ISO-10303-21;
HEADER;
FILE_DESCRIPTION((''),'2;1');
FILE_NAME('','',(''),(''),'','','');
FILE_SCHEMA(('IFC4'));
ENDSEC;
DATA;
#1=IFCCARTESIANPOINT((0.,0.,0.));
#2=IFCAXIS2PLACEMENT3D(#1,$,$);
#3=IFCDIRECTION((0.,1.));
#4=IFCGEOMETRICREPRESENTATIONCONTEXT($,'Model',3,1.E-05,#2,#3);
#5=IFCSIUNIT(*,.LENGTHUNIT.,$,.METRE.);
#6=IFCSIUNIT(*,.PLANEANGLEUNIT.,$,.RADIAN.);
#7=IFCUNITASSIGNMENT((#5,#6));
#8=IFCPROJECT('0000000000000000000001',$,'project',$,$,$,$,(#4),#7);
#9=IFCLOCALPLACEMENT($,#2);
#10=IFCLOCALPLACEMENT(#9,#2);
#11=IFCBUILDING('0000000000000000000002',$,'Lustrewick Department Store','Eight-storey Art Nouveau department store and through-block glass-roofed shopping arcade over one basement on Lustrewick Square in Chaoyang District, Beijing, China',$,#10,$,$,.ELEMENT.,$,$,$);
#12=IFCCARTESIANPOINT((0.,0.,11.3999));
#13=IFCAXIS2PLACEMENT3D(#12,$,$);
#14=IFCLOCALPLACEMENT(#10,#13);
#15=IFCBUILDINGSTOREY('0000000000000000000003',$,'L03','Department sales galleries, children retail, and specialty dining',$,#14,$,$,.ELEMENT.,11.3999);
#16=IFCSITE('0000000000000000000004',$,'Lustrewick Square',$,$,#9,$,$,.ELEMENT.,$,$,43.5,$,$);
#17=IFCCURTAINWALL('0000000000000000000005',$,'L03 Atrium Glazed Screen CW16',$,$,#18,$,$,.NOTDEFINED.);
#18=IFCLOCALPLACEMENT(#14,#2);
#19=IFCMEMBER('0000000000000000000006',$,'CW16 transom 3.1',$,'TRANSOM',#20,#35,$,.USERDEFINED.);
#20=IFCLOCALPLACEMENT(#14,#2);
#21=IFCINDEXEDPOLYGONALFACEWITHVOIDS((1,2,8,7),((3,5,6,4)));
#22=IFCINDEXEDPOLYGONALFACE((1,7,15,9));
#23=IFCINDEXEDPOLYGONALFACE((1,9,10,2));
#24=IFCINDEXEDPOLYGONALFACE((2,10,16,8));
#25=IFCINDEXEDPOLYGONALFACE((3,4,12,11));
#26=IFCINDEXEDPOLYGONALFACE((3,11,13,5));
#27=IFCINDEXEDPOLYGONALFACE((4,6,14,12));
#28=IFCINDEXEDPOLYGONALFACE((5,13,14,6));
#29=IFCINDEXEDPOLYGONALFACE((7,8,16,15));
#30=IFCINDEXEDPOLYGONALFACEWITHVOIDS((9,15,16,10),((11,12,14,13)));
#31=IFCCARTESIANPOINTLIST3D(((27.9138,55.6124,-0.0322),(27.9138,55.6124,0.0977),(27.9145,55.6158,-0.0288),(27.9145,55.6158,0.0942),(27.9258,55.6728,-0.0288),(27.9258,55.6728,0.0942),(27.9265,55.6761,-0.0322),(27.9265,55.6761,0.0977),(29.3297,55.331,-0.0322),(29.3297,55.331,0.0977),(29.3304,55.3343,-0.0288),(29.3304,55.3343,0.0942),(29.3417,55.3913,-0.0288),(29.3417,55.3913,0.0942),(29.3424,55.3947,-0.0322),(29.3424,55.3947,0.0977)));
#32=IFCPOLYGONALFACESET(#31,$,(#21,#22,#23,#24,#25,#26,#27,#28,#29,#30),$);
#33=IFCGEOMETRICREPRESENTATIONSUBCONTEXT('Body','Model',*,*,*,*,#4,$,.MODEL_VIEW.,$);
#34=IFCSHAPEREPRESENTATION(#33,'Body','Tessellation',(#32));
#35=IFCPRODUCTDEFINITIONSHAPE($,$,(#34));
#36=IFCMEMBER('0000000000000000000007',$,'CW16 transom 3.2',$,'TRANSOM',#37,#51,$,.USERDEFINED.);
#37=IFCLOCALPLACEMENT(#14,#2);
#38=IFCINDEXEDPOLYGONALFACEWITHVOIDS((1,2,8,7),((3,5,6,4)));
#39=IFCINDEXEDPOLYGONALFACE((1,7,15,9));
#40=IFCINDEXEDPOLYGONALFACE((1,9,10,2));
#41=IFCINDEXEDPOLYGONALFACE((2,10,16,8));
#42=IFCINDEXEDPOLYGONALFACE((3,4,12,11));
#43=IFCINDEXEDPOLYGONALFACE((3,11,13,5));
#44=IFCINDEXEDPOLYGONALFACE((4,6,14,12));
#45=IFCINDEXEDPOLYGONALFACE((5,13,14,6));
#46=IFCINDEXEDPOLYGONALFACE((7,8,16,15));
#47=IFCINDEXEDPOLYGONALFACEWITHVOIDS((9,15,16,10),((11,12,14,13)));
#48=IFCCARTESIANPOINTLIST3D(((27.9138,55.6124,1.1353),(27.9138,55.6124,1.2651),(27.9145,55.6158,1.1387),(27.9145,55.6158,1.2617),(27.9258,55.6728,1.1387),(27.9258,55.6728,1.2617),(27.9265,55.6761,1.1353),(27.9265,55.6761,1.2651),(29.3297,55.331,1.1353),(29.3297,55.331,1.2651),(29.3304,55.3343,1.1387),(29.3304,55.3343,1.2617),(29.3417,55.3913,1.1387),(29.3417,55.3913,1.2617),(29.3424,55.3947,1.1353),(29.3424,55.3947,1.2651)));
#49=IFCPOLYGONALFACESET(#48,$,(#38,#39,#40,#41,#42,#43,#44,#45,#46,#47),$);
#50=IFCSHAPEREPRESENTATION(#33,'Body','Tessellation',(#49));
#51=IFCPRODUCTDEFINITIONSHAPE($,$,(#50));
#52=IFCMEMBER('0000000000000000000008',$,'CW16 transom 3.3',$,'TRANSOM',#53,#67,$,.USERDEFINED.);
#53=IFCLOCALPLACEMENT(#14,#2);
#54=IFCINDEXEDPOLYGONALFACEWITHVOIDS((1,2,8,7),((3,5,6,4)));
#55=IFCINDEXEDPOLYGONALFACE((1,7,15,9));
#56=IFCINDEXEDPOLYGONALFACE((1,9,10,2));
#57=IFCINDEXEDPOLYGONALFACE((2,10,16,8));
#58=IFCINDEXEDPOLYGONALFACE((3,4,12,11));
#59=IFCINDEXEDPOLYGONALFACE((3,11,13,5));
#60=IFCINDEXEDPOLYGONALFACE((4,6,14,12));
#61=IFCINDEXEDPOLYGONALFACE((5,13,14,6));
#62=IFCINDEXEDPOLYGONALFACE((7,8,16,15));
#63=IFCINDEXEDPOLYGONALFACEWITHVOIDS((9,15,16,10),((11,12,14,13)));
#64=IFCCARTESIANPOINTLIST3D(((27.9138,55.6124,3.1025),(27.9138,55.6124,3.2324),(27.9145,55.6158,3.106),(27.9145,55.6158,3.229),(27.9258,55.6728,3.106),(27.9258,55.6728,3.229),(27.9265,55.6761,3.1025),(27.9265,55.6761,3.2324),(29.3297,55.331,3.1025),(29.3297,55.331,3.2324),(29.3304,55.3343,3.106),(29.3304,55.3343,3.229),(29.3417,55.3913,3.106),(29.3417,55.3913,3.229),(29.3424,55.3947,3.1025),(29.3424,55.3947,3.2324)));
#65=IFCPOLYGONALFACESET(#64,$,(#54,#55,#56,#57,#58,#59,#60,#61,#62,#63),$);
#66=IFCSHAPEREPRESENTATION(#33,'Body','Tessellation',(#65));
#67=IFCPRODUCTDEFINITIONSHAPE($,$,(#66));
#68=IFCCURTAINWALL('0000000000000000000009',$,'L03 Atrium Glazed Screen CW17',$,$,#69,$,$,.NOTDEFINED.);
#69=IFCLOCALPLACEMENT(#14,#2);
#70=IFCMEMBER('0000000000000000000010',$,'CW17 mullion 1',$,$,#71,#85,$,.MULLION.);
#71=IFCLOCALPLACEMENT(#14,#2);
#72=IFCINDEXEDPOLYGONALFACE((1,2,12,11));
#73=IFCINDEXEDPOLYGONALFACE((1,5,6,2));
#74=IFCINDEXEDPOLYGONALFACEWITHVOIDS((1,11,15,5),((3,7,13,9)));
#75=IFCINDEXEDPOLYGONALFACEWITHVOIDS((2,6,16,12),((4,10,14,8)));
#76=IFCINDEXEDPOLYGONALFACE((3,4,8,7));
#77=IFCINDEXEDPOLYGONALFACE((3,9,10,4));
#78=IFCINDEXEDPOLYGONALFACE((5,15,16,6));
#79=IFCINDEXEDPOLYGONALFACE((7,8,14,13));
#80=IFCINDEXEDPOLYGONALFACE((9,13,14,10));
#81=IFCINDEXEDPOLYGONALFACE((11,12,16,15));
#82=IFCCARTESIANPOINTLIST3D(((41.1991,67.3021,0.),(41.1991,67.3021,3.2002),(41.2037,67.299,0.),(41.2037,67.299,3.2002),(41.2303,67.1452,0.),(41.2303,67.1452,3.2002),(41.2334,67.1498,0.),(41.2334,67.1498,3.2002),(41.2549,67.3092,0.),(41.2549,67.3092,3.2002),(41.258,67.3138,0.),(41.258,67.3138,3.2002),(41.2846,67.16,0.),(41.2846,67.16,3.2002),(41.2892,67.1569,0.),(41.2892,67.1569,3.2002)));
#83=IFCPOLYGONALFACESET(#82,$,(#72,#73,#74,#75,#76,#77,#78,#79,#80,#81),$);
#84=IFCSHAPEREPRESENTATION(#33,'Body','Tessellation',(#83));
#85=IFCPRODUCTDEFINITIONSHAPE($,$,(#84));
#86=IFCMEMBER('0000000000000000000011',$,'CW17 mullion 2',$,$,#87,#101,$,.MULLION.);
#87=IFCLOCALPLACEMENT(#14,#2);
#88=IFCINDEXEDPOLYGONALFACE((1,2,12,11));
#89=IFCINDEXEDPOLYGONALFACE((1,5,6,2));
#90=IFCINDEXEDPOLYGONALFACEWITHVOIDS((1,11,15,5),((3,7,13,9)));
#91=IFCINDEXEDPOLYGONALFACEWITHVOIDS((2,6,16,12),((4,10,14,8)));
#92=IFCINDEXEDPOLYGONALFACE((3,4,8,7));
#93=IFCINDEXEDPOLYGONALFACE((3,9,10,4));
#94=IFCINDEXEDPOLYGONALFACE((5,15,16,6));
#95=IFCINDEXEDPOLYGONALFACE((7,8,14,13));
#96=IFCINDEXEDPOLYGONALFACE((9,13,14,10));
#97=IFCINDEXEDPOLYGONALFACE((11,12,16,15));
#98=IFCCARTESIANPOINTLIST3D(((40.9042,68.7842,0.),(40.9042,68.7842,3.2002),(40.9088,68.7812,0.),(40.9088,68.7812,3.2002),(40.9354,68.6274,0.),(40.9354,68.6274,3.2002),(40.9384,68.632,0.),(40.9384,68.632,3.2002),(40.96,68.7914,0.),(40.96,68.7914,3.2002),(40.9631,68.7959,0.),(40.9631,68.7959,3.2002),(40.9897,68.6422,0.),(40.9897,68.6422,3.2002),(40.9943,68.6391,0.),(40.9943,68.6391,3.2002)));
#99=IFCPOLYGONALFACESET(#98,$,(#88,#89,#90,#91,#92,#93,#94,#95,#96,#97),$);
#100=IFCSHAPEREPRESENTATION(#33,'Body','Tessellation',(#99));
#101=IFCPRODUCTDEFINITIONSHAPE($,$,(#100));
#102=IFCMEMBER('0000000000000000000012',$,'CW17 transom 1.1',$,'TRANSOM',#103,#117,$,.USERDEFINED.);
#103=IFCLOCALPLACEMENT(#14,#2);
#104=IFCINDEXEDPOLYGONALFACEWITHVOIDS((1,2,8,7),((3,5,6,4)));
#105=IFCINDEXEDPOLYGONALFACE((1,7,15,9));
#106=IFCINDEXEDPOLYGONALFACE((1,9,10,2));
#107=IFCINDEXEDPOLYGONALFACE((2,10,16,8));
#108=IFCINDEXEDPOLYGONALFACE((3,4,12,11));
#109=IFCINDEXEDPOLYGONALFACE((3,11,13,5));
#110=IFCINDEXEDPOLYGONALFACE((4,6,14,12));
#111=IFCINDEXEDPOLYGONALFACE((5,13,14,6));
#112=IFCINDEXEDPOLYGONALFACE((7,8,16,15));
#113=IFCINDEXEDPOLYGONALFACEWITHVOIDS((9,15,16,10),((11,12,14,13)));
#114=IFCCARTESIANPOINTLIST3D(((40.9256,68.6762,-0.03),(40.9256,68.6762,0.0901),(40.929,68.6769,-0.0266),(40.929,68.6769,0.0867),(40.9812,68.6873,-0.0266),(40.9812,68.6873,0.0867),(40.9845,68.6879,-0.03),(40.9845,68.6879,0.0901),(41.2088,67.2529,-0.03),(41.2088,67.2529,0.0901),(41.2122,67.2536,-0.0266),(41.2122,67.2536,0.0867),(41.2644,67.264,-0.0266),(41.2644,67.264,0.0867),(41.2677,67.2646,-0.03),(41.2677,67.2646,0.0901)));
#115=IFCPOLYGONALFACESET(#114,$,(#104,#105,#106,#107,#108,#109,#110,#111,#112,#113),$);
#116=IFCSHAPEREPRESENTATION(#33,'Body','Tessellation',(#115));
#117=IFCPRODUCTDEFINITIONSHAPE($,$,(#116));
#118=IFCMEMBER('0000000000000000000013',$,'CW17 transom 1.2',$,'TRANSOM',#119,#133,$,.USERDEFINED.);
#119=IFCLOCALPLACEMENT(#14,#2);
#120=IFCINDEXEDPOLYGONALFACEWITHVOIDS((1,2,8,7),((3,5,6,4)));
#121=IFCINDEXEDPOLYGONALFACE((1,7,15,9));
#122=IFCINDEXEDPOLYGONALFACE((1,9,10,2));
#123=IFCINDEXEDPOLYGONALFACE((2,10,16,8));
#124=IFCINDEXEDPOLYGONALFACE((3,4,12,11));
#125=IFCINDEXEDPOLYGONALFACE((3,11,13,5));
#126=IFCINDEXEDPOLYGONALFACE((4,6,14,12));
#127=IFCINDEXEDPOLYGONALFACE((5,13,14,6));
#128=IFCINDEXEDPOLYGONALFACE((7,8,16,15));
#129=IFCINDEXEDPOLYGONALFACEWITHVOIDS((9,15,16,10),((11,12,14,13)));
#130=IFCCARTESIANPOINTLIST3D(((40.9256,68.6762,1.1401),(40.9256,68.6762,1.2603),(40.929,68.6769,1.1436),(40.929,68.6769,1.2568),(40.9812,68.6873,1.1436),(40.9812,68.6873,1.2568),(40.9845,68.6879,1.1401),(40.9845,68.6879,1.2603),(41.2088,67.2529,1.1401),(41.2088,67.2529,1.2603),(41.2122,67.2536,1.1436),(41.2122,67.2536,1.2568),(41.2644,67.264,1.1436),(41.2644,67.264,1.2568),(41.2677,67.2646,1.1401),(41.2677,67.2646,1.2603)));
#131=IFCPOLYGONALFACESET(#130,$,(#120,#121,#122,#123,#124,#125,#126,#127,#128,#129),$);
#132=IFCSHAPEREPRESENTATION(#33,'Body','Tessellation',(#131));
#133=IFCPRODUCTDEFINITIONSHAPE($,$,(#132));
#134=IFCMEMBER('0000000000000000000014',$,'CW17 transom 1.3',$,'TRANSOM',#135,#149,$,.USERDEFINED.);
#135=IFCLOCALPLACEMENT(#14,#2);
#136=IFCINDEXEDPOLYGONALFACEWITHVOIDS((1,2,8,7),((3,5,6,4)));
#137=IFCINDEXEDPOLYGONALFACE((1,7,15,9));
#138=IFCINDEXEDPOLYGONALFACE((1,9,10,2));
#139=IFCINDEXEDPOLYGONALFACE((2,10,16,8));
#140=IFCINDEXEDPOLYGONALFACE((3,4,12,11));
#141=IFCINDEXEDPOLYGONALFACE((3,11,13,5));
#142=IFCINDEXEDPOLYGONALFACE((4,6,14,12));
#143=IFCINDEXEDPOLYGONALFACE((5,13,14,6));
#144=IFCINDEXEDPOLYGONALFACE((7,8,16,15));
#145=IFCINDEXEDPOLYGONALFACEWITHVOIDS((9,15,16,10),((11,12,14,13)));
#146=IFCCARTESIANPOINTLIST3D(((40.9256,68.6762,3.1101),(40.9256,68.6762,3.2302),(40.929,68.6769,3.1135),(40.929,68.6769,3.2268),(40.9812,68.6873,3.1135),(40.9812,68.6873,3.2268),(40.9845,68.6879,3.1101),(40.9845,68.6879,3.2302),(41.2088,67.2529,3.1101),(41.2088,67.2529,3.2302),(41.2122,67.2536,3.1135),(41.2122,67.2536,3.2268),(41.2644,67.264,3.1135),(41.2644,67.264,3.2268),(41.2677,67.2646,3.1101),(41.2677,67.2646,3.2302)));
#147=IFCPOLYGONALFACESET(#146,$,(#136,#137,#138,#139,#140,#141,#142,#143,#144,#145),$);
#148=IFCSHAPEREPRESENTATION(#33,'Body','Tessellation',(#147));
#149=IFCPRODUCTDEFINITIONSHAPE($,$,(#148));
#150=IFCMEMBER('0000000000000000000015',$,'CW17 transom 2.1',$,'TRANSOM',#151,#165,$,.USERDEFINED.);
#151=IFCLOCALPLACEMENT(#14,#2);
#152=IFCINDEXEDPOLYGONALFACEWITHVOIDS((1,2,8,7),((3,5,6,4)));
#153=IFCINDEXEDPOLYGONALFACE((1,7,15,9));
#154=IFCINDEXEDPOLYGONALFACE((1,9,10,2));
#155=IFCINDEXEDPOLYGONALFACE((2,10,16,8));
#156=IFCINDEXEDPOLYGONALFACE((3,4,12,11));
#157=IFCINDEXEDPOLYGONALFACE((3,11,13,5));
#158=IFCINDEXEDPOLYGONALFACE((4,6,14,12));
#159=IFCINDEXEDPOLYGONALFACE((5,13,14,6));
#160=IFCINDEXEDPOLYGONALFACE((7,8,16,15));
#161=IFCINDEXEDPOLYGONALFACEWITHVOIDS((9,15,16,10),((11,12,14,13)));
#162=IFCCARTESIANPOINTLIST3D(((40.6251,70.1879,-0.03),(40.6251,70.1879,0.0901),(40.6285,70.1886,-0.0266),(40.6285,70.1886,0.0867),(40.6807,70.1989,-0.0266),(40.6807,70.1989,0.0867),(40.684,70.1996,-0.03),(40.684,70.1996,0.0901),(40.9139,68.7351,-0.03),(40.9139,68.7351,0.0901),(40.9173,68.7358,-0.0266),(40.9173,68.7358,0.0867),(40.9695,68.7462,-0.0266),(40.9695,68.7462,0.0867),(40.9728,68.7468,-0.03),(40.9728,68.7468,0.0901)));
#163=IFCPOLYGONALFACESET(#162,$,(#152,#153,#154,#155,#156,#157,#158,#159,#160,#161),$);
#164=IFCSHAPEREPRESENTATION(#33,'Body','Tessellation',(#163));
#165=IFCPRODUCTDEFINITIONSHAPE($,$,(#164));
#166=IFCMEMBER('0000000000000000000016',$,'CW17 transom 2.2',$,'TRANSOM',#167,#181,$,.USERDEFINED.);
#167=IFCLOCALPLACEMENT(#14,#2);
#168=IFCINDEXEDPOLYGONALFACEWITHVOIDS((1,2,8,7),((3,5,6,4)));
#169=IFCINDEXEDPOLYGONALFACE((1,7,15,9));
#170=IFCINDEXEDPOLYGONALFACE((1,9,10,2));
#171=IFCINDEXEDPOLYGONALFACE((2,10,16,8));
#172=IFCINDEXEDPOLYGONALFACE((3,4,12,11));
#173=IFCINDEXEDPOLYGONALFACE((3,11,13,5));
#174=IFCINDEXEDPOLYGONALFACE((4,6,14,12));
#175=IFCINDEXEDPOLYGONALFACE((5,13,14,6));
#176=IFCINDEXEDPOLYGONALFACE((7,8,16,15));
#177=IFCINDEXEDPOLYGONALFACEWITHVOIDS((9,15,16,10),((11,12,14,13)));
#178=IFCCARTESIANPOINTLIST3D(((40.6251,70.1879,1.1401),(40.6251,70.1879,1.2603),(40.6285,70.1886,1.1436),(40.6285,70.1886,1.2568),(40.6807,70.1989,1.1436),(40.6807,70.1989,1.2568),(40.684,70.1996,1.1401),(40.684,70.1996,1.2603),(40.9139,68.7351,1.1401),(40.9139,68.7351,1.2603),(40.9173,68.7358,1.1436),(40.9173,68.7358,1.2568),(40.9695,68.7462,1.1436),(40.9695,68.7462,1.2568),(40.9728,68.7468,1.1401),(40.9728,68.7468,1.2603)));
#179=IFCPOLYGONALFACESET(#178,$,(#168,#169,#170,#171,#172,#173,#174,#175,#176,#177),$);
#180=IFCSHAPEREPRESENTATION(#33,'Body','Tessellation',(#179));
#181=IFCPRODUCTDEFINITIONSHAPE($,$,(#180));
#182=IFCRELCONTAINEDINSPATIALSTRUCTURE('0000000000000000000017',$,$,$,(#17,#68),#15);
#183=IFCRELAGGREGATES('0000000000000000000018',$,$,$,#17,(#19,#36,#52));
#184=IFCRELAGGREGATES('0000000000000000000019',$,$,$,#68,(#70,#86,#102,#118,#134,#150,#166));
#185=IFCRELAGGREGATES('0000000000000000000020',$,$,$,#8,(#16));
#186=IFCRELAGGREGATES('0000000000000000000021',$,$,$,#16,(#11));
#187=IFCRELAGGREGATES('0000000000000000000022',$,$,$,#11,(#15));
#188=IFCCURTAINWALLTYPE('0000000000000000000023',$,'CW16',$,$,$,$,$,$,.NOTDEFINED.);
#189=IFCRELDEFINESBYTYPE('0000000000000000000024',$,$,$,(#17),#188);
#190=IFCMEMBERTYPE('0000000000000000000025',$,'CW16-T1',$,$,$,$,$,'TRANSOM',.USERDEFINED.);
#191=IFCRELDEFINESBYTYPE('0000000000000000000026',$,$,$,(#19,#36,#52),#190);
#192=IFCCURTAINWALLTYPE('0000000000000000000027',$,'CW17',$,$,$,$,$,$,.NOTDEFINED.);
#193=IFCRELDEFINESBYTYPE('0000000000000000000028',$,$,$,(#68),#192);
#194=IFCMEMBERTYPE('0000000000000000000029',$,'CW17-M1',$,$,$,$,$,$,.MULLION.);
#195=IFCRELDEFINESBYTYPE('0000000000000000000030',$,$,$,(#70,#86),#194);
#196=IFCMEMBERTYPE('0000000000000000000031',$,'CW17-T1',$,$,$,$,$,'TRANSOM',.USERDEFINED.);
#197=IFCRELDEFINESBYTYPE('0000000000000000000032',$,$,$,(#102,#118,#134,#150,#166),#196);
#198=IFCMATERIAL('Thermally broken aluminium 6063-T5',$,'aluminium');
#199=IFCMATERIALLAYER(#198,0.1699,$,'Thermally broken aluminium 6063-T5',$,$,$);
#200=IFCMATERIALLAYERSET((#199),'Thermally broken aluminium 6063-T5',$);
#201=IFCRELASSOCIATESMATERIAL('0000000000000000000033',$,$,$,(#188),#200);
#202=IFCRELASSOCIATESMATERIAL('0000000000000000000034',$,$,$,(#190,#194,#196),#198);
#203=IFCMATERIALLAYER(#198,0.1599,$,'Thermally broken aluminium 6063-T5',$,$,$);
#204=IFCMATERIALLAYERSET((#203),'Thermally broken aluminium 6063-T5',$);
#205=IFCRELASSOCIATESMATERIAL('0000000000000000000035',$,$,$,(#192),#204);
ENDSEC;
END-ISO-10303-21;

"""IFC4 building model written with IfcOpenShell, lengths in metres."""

from ifc_helpers import new_model, si_unit, direction, frame, origin, origin_2d, place, context, subcontext, project, spatial, hollow_rectangle, extrude, material, layer, layer_set, material_profile, profile_set, type_object, element, aggregate, save


model = new_model("IFC4")

# Units and contexts
model_context = context("Model", 3, precision=1e-05, world=origin(), true_north=direction((0.0, 1.0)))
body_context = subcontext(model_context, "Body", "Model", "MODEL_VIEW")
ifc_project = project(units=[si_unit("LENGTHUNIT", "METRE"), si_unit("PLANEANGLEUNIT", "RADIAN")], contexts=[model_context])

# Site, building, storey
site_placement = place(None, origin())
site = spatial("IfcSite", under=ifc_project, at=site_placement, Name="Lustrewick Square", CompositionType="ELEMENT", RefElevation=43.5)
building_placement = place(site_placement, origin())
building = spatial("IfcBuilding", under=site, at=building_placement, Name="Lustrewick Department Store", Description="Eight-storey Art Nouveau department store and through-block glass-roofed shopping arcade over one basement on Lustrewick Square in Chaoyang District, Beijing, China", CompositionType="ELEMENT")
storey_placement = place(building_placement, frame((0.0, 0.0, 11.3999)))
storey = spatial("IfcBuildingStorey", under=building, at=storey_placement, Name="L03", Description="Department sales galleries, children retail, and specialty dining", CompositionType="ELEMENT", Elevation=11.3999)

# Curtain walls, members
ifc_material_1 = material(Name="Thermally broken aluminium 6063-T5", Category="aluminium")
ifc_layer_1 = layer(ifc_material_1, 0.1699, Name="Thermally broken aluminium 6063-T5")
ifc_layer_set_1 = layer_set([ifc_layer_1], Name="Thermally broken aluminium 6063-T5")
curtain_wall_type_1 = type_object("IfcCurtainWallType", Name="CW16", PredefinedType="NOTDEFINED", material=ifc_layer_set_1)
curtain_wall_1_placement = place(storey_placement, origin())
curtain_wall_1 = element("IfcCurtainWall", 1, at=curtain_wall_1_placement, inside=storey, type_object=curtain_wall_type_1, Name="L03 Atrium Glazed Screen CW16", PredefinedType="NOTDEFINED")
ifc_material_profile_1 = material_profile(ifc_material_1, hollow_rectangle(XDim=0.0649, YDim=0.1299, WallThickness=0.0034, at=origin_2d()), Name="ALU-T 65x130x3.5")
ifc_profile_set_1 = profile_set([ifc_material_profile_1], Name="Thermally broken aluminium 6063-T5")
member_type_1 = type_object("IfcMemberType", Name="CW16-T1", ElementType="TRANSOM", PredefinedType="USERDEFINED", material=ifc_profile_set_1)
member_1_placement = place(storey_placement, frame((27.9202, 55.6443, 0.0327), z_axis=(0.980808, -0.194978, 0.0), x_axis=(0.194978, 0.980808, 0.0)))
member_1 = element("IfcMember", 2, at=member_1_placement, type_object=member_type_1, Name="CW16 transom 3.1", ObjectType="TRANSOM", PredefinedType="USERDEFINED", context=body_context, shape_type="SweptSolid", body=[
    extrude(hollow_rectangle(XDim=0.0649, YDim=0.1299, WallThickness=0.0034, at=origin_2d()), origin(), (0.0, 0.0, 1.0), 1.4436),
])
member_2_placement = place(storey_placement, frame((27.9202, 55.6443, 1.2002), z_axis=(0.980808, -0.194978, 0.0), x_axis=(0.194978, 0.980808, 0.0)))
member_2 = element("IfcMember", 3, at=member_2_placement, type_object=member_type_1, Name="CW16 transom 3.2", ObjectType="TRANSOM", PredefinedType="USERDEFINED", context=body_context, shape_type="SweptSolid", body=[
    extrude(hollow_rectangle(XDim=0.0649, YDim=0.1299, WallThickness=0.0034, at=origin_2d()), origin(), (0.0, 0.0, 1.0), 1.4436),
])
member_3_placement = place(storey_placement, frame((27.9202, 55.6443, 3.1675), z_axis=(0.980808, -0.194978, 0.0), x_axis=(0.194978, 0.980808, 0.0)))
member_3 = element("IfcMember", 4, at=member_3_placement, type_object=member_type_1, Name="CW16 transom 3.3", ObjectType="TRANSOM", PredefinedType="USERDEFINED", context=body_context, shape_type="SweptSolid", body=[
    extrude(hollow_rectangle(XDim=0.0649, YDim=0.1299, WallThickness=0.0034, at=origin_2d()), origin(), (0.0, 0.0, 1.0), 1.4436),
])
ifc_layer_2 = layer(ifc_material_1, 0.1599, Name="Thermally broken aluminium 6063-T5")
ifc_layer_set_2 = layer_set([ifc_layer_2], Name="Thermally broken aluminium 6063-T5")
curtain_wall_type_2 = type_object("IfcCurtainWallType", Name="CW17", PredefinedType="NOTDEFINED", material=ifc_layer_set_2)
curtain_wall_2_placement = place(storey_placement, origin())
curtain_wall_2 = element("IfcCurtainWall", 5, at=curtain_wall_2_placement, inside=storey, type_object=curtain_wall_type_2, Name="L03 Atrium Glazed Screen CW17", PredefinedType="NOTDEFINED")
ifc_material_profile_2 = material_profile(ifc_material_1, hollow_rectangle(XDim=0.0601, YDim=0.1599, WallThickness=0.0039, at=origin_2d()), Name="ALU-M 60x160x4")
ifc_profile_set_2 = profile_set([ifc_material_profile_2], Name="Thermally broken aluminium 6063-T5")
member_type_2 = type_object("IfcMemberType", Name="CW17-M1", PredefinedType="MULLION", material=ifc_profile_set_2)
member_4_placement = place(storey_placement, frame((41.2441, 67.2295, 0.0), z_axis=(0.0, 0.0, 1.0), x_axis=(-0.980786, -0.195085, 0.0)))
member_4 = element("IfcMember", 6, at=member_4_placement, type_object=member_type_2, Name="CW17 mullion 1", PredefinedType="MULLION", context=body_context, shape_type="SweptSolid", body=[
    extrude(hollow_rectangle(XDim=0.0601, YDim=0.1599, WallThickness=0.0039, at=origin_2d()), origin(), (0.0, 0.0, 1.0), 3.2002),
])
member_5_placement = place(storey_placement, frame((40.9492, 68.7117, 0.0), z_axis=(0.0, 0.0, 1.0), x_axis=(-0.980786, -0.195085, 0.0)))
member_5 = element("IfcMember", 7, at=member_5_placement, type_object=member_type_2, Name="CW17 mullion 2", PredefinedType="MULLION", context=body_context, shape_type="SweptSolid", body=[
    extrude(hollow_rectangle(XDim=0.0601, YDim=0.1599, WallThickness=0.0039, at=origin_2d()), origin(), (0.0, 0.0, 1.0), 3.2002),
])
ifc_material_profile_3 = material_profile(ifc_material_1, hollow_rectangle(XDim=0.0601, YDim=0.1201, WallThickness=0.0034, at=origin_2d()), Name="ALU-T 60x120x3.5")
ifc_profile_set_3 = profile_set([ifc_material_profile_3], Name="Thermally broken aluminium 6063-T5")
member_type_3 = type_object("IfcMemberType", Name="CW17-T1", ElementType="TRANSOM", PredefinedType="USERDEFINED", material=ifc_profile_set_3)
member_6_placement = place(storey_placement, frame((41.2383, 67.2588, 0.03), z_axis=(-0.195145, 0.980774, 0.0), x_axis=(-0.980774, -0.195145, 0.0)))
member_6 = element("IfcMember", 8, at=member_6_placement, type_object=member_type_3, Name="CW17 transom 1.1", ObjectType="TRANSOM", PredefinedType="USERDEFINED", context=body_context, shape_type="SweptSolid", body=[
    extrude(hollow_rectangle(XDim=0.0601, YDim=0.1201, WallThickness=0.0034, at=origin_2d()), origin(), (0.0, 0.0, 1.0), 1.4512),
])
member_7_placement = place(storey_placement, frame((41.2383, 67.2588, 1.2002), z_axis=(-0.195145, 0.980774, 0.0), x_axis=(-0.980774, -0.195145, 0.0)))
member_7 = element("IfcMember", 9, at=member_7_placement, type_object=member_type_3, Name="CW17 transom 1.2", ObjectType="TRANSOM", PredefinedType="USERDEFINED", context=body_context, shape_type="SweptSolid", body=[
    extrude(hollow_rectangle(XDim=0.0601, YDim=0.1201, WallThickness=0.0034, at=origin_2d()), origin(), (0.0, 0.0, 1.0), 1.4512),
])
member_8_placement = place(storey_placement, frame((41.2383, 67.2588, 3.1702), z_axis=(-0.195145, 0.980774, 0.0), x_axis=(-0.980774, -0.195145, 0.0)))
member_8 = element("IfcMember", 10, at=member_8_placement, type_object=member_type_3, Name="CW17 transom 1.3", ObjectType="TRANSOM", PredefinedType="USERDEFINED", context=body_context, shape_type="SweptSolid", body=[
    extrude(hollow_rectangle(XDim=0.0601, YDim=0.1201, WallThickness=0.0034, at=origin_2d()), origin(), (0.0, 0.0, 1.0), 1.4512),
])
member_9_placement = place(storey_placement, frame((40.9434, 68.741, 0.03), z_axis=(-0.194975, 0.980808, 0.0), x_axis=(-0.980808, -0.194975, 0.0)))
member_9 = element("IfcMember", 11, at=member_9_placement, type_object=member_type_3, Name="CW17 transom 2.1", ObjectType="TRANSOM", PredefinedType="USERDEFINED", context=body_context, shape_type="SweptSolid", body=[
    extrude(hollow_rectangle(XDim=0.0601, YDim=0.1201, WallThickness=0.0034, at=origin_2d()), origin(), (0.0, 0.0, 1.0), 1.4812),
])
member_10_placement = place(storey_placement, frame((40.9434, 68.741, 1.2002), z_axis=(-0.194975, 0.980808, 0.0), x_axis=(-0.980808, -0.194975, 0.0)))
member_10 = element("IfcMember", 12, at=member_10_placement, type_object=member_type_3, Name="CW17 transom 2.2", ObjectType="TRANSOM", PredefinedType="USERDEFINED", context=body_context, shape_type="SweptSolid", body=[
    extrude(hollow_rectangle(XDim=0.0601, YDim=0.1201, WallThickness=0.0034, at=origin_2d()), origin(), (0.0, 0.0, 1.0), 1.4812),
])

aggregate(curtain_wall_1, [member_1, member_2, member_3])
aggregate(curtain_wall_2, [member_4, member_5, member_6, member_7, member_8, member_9, member_10])

save(model, "model.ifc")
